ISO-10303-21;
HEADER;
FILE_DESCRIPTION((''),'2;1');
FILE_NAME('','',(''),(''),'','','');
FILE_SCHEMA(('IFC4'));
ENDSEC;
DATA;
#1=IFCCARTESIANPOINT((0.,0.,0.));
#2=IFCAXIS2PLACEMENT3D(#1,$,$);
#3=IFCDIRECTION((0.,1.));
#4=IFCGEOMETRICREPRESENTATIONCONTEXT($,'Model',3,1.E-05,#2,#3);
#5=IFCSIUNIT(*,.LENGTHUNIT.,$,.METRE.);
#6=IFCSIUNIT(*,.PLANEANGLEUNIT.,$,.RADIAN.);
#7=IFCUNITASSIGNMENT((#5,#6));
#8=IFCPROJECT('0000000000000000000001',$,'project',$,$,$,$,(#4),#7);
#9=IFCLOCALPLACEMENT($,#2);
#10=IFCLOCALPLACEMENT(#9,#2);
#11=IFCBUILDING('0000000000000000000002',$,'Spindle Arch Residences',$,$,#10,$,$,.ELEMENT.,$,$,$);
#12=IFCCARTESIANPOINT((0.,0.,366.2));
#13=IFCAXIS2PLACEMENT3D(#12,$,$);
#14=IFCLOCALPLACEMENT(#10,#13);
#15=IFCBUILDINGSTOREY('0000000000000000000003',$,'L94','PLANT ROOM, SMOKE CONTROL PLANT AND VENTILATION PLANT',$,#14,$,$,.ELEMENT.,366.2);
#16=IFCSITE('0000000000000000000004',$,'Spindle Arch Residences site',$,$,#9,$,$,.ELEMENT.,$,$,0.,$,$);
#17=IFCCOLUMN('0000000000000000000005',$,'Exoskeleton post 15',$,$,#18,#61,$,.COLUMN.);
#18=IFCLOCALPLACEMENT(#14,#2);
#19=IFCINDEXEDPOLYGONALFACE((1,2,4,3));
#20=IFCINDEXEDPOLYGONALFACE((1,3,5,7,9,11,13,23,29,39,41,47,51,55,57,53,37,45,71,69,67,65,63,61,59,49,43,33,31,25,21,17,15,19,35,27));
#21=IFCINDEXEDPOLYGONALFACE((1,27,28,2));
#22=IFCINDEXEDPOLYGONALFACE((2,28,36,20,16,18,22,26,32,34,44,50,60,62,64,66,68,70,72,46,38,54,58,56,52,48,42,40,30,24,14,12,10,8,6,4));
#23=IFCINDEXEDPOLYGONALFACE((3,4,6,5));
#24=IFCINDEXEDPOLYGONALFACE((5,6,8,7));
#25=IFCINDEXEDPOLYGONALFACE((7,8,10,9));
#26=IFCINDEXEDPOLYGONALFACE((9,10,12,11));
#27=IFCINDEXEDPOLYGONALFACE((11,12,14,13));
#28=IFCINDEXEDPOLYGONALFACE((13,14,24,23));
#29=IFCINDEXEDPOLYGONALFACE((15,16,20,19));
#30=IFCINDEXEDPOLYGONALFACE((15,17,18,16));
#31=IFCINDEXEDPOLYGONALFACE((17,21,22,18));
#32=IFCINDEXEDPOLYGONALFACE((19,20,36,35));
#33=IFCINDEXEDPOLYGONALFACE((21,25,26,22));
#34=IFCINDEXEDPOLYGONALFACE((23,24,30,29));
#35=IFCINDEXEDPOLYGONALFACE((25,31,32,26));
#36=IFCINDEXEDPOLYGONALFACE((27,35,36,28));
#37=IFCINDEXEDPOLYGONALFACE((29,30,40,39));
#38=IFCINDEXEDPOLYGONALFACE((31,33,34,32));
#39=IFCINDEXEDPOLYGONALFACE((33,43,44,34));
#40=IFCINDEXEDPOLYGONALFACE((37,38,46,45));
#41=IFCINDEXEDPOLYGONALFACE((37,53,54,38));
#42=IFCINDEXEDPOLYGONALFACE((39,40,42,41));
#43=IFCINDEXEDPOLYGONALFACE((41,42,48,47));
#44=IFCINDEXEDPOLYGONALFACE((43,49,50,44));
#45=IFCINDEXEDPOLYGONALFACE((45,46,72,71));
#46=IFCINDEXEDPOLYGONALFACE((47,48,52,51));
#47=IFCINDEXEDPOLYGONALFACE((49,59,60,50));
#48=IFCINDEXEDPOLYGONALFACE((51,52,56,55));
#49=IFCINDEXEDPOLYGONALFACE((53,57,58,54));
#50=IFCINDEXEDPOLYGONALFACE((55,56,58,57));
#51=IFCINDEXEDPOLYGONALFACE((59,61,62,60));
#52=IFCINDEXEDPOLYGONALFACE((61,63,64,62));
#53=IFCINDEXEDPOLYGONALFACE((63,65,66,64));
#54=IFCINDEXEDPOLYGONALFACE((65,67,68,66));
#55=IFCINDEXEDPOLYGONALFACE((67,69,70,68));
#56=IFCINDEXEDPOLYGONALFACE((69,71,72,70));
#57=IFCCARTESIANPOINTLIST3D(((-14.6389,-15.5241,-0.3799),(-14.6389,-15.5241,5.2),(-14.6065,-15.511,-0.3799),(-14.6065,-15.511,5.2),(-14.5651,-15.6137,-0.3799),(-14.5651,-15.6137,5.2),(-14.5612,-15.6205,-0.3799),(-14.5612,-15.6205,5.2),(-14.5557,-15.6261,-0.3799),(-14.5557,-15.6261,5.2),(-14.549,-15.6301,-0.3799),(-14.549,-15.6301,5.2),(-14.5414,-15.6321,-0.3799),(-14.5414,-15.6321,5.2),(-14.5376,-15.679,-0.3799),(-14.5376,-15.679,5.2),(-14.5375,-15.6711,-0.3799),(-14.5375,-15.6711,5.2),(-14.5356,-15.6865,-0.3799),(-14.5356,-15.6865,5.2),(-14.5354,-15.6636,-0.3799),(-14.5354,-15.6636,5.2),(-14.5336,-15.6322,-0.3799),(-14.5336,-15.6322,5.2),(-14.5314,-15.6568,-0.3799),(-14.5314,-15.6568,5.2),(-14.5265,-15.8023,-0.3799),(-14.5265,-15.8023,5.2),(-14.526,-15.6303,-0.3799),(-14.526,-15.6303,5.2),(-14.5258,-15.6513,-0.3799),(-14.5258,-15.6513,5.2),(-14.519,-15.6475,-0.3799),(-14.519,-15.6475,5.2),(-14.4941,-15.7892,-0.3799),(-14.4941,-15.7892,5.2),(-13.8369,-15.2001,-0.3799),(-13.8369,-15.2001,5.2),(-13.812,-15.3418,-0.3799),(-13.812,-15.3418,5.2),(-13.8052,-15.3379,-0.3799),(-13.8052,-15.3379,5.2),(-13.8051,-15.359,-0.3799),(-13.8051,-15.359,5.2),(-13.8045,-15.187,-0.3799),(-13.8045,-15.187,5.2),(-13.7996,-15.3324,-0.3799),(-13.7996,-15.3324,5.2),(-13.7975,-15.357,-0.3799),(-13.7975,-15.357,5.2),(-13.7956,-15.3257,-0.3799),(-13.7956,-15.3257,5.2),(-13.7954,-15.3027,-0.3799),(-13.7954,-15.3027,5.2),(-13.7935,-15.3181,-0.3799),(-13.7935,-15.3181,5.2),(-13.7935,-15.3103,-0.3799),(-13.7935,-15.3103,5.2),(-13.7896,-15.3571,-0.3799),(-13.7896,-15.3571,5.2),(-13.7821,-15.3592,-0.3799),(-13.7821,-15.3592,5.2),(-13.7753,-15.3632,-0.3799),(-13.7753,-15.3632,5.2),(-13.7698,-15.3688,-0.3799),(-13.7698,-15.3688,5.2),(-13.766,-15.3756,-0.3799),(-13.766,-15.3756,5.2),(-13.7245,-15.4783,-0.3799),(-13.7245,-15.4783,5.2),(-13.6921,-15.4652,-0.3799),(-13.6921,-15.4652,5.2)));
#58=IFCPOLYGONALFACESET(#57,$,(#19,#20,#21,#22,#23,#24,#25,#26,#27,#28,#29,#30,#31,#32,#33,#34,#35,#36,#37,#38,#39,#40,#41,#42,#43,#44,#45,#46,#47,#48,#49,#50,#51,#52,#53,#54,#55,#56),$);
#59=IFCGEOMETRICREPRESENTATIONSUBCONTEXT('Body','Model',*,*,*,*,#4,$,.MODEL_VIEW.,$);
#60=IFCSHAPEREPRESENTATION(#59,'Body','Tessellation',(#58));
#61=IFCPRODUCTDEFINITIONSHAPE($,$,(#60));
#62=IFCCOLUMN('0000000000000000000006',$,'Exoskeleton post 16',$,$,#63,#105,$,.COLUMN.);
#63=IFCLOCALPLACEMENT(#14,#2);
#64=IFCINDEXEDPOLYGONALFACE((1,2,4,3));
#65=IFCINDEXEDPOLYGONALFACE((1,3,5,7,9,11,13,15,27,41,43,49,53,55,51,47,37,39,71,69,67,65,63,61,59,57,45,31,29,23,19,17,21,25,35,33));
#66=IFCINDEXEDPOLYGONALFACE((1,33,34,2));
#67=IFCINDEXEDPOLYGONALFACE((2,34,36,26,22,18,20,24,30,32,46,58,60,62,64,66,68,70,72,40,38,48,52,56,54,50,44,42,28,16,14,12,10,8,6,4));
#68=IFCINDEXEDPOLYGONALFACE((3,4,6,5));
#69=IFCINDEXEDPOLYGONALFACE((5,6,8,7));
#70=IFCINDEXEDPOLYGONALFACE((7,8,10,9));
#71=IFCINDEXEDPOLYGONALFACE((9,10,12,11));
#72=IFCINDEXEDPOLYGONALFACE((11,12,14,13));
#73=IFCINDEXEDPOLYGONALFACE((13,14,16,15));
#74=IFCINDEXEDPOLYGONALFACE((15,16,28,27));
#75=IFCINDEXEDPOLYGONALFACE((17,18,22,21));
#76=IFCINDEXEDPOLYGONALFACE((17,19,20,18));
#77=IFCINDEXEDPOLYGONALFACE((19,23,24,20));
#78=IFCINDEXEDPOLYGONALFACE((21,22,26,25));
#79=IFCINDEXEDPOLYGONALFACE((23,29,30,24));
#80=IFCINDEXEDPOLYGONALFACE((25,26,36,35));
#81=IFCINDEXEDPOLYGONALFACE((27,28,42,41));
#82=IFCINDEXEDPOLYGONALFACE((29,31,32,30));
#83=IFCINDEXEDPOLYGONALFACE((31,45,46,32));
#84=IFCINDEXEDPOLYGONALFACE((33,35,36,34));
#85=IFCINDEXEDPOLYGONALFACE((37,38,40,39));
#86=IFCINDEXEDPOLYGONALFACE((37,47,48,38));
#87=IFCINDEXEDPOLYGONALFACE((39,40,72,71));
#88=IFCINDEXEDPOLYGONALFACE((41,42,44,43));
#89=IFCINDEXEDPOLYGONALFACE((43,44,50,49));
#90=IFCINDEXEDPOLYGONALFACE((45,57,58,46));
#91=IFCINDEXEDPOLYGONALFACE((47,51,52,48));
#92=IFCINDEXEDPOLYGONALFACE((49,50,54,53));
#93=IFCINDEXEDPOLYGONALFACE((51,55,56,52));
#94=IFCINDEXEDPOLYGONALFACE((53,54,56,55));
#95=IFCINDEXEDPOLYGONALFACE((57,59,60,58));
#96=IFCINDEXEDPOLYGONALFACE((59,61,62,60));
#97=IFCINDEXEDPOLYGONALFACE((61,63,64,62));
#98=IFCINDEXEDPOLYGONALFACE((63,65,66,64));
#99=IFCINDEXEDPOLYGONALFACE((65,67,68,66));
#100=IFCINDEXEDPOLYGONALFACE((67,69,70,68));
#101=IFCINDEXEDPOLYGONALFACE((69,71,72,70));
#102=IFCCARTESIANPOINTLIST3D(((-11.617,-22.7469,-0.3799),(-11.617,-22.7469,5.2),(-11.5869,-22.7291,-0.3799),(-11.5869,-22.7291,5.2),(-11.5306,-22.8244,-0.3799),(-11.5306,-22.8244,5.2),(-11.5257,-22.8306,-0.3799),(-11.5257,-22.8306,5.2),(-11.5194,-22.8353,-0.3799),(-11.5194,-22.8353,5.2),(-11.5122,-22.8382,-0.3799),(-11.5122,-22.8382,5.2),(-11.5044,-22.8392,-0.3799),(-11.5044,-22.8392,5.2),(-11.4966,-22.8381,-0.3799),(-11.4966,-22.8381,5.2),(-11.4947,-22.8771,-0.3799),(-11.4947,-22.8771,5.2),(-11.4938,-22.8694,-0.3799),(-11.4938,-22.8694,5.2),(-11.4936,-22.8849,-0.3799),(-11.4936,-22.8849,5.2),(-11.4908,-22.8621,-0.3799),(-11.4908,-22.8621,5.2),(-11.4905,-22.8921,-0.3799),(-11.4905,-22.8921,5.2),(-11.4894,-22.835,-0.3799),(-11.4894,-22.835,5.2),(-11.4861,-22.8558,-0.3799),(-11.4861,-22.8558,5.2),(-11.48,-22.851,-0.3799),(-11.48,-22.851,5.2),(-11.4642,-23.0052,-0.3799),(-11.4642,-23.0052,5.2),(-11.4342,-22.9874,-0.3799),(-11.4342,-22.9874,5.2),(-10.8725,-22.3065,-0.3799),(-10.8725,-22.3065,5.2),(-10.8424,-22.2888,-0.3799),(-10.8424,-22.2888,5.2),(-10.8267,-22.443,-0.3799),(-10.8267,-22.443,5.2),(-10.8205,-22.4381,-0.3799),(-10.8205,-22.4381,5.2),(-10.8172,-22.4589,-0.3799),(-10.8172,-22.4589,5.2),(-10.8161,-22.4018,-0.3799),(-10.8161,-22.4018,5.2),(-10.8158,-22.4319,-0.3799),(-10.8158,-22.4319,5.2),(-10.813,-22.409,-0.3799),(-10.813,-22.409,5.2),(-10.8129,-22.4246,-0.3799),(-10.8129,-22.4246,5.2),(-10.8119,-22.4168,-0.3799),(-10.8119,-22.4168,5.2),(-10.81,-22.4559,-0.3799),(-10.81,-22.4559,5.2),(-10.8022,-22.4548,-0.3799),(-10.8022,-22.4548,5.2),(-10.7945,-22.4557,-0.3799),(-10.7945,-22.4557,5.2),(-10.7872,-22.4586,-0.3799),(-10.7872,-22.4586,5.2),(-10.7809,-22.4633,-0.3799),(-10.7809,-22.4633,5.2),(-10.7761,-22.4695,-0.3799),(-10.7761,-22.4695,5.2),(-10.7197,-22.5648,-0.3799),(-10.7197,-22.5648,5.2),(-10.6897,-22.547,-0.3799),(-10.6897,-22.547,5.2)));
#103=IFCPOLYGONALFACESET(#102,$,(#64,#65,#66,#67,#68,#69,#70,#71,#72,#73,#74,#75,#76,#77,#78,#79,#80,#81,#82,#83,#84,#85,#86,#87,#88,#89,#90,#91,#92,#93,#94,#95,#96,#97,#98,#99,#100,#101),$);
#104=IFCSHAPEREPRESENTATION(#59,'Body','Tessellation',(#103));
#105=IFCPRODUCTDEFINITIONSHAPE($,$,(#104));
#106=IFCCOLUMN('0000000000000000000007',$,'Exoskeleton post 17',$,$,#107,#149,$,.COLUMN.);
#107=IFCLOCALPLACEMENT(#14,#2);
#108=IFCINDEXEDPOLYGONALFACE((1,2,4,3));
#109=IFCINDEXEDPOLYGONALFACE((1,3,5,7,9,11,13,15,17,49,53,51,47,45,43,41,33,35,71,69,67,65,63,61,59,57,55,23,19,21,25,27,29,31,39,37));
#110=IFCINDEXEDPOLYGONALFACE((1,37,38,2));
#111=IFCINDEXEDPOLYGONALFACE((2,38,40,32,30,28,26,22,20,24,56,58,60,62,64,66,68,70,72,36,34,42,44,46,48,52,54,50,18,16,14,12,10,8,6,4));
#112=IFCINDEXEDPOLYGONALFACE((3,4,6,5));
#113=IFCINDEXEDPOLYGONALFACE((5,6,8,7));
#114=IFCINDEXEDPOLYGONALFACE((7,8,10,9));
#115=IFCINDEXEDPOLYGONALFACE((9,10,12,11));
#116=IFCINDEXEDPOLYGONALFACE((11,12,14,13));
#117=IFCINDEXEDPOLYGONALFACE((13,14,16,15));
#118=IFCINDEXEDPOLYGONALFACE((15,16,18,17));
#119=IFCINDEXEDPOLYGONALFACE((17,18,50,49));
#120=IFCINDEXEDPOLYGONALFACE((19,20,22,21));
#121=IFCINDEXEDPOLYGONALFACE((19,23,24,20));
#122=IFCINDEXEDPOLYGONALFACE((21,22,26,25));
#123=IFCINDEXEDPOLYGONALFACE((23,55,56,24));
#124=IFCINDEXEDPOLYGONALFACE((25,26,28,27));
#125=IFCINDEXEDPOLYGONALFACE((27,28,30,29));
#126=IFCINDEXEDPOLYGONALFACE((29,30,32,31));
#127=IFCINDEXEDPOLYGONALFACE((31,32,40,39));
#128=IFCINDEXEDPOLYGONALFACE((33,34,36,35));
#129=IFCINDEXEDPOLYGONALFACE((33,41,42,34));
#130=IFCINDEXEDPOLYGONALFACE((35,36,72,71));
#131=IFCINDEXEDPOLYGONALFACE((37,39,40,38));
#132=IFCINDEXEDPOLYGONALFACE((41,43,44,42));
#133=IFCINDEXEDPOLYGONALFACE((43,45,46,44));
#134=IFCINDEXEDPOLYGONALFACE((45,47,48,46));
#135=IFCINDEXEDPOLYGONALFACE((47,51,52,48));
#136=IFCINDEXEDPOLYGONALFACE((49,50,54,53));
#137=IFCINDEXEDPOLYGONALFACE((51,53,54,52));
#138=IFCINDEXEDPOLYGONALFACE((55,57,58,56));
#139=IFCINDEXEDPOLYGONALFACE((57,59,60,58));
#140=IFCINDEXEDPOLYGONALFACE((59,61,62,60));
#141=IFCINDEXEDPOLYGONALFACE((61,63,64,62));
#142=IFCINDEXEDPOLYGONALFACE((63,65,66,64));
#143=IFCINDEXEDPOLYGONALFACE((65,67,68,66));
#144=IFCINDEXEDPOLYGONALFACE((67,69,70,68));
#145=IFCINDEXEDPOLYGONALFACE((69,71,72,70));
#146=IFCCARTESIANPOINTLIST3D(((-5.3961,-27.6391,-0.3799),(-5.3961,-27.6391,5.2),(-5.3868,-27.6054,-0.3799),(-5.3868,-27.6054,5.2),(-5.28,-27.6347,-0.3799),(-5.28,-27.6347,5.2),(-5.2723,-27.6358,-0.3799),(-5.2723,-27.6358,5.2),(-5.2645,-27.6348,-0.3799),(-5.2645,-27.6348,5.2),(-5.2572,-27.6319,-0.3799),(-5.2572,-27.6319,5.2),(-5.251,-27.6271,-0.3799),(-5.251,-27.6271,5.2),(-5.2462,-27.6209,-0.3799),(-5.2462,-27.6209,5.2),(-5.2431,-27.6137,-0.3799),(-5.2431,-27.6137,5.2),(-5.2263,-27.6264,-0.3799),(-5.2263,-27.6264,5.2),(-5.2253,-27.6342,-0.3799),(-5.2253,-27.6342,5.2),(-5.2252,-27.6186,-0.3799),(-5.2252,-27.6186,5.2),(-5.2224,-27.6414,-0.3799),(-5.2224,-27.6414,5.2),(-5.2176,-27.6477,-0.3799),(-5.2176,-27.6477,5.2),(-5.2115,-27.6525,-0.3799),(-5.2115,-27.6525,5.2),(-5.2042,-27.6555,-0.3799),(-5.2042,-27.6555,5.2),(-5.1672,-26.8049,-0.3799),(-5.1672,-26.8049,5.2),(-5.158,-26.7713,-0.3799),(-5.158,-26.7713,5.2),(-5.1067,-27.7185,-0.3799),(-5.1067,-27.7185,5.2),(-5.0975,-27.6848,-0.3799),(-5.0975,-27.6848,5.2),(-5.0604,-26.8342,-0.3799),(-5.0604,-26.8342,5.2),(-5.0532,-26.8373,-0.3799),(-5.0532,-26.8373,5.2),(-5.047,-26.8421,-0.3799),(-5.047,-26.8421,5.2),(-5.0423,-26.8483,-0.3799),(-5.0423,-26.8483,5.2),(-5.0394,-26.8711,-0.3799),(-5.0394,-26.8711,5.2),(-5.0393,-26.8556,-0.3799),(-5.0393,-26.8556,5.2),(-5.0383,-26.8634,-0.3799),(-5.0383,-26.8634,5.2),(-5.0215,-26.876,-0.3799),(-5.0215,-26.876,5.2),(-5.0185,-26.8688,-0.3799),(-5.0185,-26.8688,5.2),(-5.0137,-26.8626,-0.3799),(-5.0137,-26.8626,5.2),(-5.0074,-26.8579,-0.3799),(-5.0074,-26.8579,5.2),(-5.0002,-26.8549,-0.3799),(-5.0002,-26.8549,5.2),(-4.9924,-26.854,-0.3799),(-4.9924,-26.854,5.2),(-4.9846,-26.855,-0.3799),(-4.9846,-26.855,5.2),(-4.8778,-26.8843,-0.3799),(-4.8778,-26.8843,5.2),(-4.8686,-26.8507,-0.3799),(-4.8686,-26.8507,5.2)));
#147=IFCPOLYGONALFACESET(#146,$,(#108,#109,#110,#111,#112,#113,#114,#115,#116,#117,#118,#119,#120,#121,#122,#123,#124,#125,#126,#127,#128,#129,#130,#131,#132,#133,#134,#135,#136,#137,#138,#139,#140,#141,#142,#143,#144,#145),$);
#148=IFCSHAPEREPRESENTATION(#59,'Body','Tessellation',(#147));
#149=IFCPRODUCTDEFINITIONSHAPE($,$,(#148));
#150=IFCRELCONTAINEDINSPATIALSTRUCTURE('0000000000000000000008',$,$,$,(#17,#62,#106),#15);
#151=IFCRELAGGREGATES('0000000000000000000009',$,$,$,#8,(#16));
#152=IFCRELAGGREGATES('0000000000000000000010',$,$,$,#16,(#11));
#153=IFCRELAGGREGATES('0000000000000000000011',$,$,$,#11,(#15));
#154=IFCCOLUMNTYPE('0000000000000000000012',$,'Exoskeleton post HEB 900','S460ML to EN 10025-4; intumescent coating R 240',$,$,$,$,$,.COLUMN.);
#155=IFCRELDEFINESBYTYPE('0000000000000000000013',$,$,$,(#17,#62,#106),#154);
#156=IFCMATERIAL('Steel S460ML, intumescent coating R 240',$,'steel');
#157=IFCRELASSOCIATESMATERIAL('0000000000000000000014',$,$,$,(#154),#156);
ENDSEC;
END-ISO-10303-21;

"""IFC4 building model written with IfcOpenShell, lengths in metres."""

from ifc_helpers import new_model, si_unit, direction, frame, origin, origin_2d, place, context, subcontext, project, spatial, i_section, extrude, material, material_profile, profile_set, type_object, element, save


model = new_model("IFC4")

# Units and contexts
model_context = context("Model", 3, precision=1e-05, world=origin(), true_north=direction((0.0, 1.0)))
body_context = subcontext(model_context, "Body", "Model", "MODEL_VIEW")
ifc_project = project(units=[si_unit("LENGTHUNIT", "METRE"), si_unit("PLANEANGLEUNIT", "RADIAN")], contexts=[model_context])

# Site, building, storey
site_placement = place(None, origin())
site = spatial("IfcSite", under=ifc_project, at=site_placement, Name="Spindle Arch Residences site", CompositionType="ELEMENT", RefElevation=0.0)
building_placement = place(site_placement, origin())
building = spatial("IfcBuilding", under=site, at=building_placement, Name="Spindle Arch Residences", CompositionType="ELEMENT")
storey_placement = place(building_placement, frame((0.0, 0.0, 366.2)))
storey = spatial("IfcBuildingStorey", under=building, at=storey_placement, Name="L94", Description="PLANT ROOM, SMOKE CONTROL PLANT AND VENTILATION PLANT", CompositionType="ELEMENT", Elevation=366.2)

# Columns
ifc_material_1 = material(Name="Steel S460ML, intumescent coating R 240", Category="steel")
ifc_material_profile_1 = material_profile(ifc_material_1, i_section(OverallWidth=0.3, OverallDepth=0.8999, WebThickness=0.0186, FlangeThickness=0.0349, FilletRadius=0.03, at=origin_2d()), Name="HEB 900")
ifc_profile_set_1 = profile_set([ifc_material_profile_1], Name="Steel S460ML, intumescent coating R 240")
column_type_1 = type_object("IfcColumnType", Name="Exoskeleton post HEB 900", Description="S460ML to EN 10025-4; intumescent coating R 240", PredefinedType="COLUMN", material=ifc_profile_set_1)
for number, where, z_axis, x_axis, name in (
    (1, (-14.1655, -15.4946, -0.3799), (0.0, 0.0, 1.0), (-0.374607, 0.927184, 0.0), "Exoskeleton post 15"),
    (2, (-11.1533, -22.647, -0.3799), (0.0, 0.0, 1.0), (-0.509114, 0.860699, 0.0), "Exoskeleton post 16"),
    (3, (-5.1323, -27.2449, -0.3799), (0.0, 0.0, 1.0), (-0.964363, 0.264583, 0.0), "Exoskeleton post 17"),
):
    element("IfcColumn", number, at=place(storey_placement, frame(where, z_axis=z_axis, x_axis=x_axis)), inside=storey, type_object=column_type_1, Name=name, PredefinedType="COLUMN", context=body_context, shape_type="SweptSolid", body=[
        extrude(i_section(OverallWidth=0.3, OverallDepth=0.8999, WebThickness=0.0186, FlangeThickness=0.0349, FilletRadius=0.03, at=origin_2d()), origin(), (0.0, 0.0, 1.0), 5.5798),
    ])

save(model, "model.ifc")
